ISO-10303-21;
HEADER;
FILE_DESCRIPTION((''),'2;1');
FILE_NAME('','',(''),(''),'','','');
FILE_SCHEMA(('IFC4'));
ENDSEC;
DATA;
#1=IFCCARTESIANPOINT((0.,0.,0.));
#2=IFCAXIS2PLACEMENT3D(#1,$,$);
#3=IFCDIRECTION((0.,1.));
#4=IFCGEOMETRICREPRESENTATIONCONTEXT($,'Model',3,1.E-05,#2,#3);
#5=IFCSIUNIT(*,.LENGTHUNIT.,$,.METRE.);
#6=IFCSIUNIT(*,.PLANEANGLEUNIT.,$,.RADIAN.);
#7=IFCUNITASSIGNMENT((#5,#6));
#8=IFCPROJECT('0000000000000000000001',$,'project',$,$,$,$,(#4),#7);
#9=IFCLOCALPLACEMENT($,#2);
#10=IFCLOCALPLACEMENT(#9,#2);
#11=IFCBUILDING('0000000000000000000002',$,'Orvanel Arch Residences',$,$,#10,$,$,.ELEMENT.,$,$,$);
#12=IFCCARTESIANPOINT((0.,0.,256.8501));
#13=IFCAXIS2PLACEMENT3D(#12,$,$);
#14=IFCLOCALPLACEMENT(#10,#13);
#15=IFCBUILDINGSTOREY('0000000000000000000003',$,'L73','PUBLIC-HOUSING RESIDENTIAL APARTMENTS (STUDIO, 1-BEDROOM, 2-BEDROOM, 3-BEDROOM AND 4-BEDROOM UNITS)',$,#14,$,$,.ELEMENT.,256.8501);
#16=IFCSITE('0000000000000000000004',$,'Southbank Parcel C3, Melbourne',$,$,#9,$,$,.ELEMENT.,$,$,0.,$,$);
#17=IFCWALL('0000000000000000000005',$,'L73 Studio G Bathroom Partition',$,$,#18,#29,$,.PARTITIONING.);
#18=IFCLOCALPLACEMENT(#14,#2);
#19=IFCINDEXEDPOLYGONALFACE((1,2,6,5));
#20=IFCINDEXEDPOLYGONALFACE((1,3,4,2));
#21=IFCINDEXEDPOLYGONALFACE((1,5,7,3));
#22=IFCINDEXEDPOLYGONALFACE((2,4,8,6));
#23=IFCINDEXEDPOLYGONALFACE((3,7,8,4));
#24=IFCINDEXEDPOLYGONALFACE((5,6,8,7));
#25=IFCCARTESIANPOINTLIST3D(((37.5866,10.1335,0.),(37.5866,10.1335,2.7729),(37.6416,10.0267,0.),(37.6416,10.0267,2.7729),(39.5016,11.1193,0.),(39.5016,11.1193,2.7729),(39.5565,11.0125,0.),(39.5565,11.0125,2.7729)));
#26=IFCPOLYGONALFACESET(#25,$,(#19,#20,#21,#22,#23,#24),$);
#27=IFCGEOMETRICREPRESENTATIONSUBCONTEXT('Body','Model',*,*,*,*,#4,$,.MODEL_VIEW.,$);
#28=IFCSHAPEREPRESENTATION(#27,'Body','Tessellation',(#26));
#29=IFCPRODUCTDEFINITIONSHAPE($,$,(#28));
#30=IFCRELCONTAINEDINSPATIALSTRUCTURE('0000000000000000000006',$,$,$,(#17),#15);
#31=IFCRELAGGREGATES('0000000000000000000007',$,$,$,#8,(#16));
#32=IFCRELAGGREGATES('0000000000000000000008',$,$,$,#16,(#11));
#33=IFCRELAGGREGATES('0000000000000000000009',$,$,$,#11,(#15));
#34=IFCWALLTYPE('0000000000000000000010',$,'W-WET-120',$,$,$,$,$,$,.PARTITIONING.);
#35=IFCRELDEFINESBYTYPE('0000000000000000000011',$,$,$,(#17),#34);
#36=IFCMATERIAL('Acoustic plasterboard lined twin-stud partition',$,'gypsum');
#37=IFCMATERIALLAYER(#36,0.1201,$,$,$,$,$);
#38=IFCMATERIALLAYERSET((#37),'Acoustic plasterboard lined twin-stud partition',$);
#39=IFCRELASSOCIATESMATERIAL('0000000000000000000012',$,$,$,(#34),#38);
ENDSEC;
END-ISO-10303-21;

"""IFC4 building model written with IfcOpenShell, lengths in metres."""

from ifc_helpers import new_model, si_unit, direction, frame, frame_2d, origin, place, context, subcontext, project, spatial, rectangle, extrude, material, layer, layer_set, type_object, element, save


model = new_model("IFC4")

# Units and contexts
model_context = context("Model", 3, precision=1e-05, world=origin(), true_north=direction((0.0, 1.0)))
body_context = subcontext(model_context, "Body", "Model", "MODEL_VIEW")
ifc_project = project(units=[si_unit("LENGTHUNIT", "METRE"), si_unit("PLANEANGLEUNIT", "RADIAN")], contexts=[model_context])

# Site, building, storey
site_placement = place(None, origin())
site = spatial("IfcSite", under=ifc_project, at=site_placement, Name="Southbank Parcel C3, Melbourne", CompositionType="ELEMENT", RefElevation=0.0)
building_placement = place(site_placement, origin())
building = spatial("IfcBuilding", under=site, at=building_placement, Name="Orvanel Arch Residences", CompositionType="ELEMENT")
storey_placement = place(building_placement, frame((0.0, 0.0, 256.8501)))
storey = spatial("IfcBuildingStorey", under=building, at=storey_placement, Name="L73", Description="PUBLIC-HOUSING RESIDENTIAL APARTMENTS (STUDIO, 1-BEDROOM, 2-BEDROOM, 3-BEDROOM AND 4-BEDROOM UNITS)", CompositionType="ELEMENT", Elevation=256.8501)

# Shared definitions
ifc_material_1 = material(Name="Acoustic plasterboard lined twin-stud partition", Category="gypsum")
ifc_layer_1 = layer(ifc_material_1, 0.1201)
ifc_layer_set_1 = layer_set([ifc_layer_1], Name="Acoustic plasterboard lined twin-stud partition")
wall_type_1 = type_object("IfcWallType", Name="W-WET-120", PredefinedType="PARTITIONING", material=ifc_layer_set_1)

# Wall
wall_1_placement = place(storey_placement, frame((39.5291, 11.0659, 0.0), z_axis=(0.0, 0.0, 1.0), x_axis=(-0.889106, -0.457701, 0.0)))
element("IfcWall", 1, at=wall_1_placement, inside=storey, type_object=wall_type_1, Name="L73 Studio G Bathroom Partition", PredefinedType="PARTITIONING", context=body_context, shape_type="SweptSolid", body=[
    extrude(rectangle(XDim=2.1538, YDim=0.1201, at=frame_2d((1.0769, 0.0))), origin(), (0.0, 0.0, 1.0), 2.7729),
])

save(model, "model.ifc")
